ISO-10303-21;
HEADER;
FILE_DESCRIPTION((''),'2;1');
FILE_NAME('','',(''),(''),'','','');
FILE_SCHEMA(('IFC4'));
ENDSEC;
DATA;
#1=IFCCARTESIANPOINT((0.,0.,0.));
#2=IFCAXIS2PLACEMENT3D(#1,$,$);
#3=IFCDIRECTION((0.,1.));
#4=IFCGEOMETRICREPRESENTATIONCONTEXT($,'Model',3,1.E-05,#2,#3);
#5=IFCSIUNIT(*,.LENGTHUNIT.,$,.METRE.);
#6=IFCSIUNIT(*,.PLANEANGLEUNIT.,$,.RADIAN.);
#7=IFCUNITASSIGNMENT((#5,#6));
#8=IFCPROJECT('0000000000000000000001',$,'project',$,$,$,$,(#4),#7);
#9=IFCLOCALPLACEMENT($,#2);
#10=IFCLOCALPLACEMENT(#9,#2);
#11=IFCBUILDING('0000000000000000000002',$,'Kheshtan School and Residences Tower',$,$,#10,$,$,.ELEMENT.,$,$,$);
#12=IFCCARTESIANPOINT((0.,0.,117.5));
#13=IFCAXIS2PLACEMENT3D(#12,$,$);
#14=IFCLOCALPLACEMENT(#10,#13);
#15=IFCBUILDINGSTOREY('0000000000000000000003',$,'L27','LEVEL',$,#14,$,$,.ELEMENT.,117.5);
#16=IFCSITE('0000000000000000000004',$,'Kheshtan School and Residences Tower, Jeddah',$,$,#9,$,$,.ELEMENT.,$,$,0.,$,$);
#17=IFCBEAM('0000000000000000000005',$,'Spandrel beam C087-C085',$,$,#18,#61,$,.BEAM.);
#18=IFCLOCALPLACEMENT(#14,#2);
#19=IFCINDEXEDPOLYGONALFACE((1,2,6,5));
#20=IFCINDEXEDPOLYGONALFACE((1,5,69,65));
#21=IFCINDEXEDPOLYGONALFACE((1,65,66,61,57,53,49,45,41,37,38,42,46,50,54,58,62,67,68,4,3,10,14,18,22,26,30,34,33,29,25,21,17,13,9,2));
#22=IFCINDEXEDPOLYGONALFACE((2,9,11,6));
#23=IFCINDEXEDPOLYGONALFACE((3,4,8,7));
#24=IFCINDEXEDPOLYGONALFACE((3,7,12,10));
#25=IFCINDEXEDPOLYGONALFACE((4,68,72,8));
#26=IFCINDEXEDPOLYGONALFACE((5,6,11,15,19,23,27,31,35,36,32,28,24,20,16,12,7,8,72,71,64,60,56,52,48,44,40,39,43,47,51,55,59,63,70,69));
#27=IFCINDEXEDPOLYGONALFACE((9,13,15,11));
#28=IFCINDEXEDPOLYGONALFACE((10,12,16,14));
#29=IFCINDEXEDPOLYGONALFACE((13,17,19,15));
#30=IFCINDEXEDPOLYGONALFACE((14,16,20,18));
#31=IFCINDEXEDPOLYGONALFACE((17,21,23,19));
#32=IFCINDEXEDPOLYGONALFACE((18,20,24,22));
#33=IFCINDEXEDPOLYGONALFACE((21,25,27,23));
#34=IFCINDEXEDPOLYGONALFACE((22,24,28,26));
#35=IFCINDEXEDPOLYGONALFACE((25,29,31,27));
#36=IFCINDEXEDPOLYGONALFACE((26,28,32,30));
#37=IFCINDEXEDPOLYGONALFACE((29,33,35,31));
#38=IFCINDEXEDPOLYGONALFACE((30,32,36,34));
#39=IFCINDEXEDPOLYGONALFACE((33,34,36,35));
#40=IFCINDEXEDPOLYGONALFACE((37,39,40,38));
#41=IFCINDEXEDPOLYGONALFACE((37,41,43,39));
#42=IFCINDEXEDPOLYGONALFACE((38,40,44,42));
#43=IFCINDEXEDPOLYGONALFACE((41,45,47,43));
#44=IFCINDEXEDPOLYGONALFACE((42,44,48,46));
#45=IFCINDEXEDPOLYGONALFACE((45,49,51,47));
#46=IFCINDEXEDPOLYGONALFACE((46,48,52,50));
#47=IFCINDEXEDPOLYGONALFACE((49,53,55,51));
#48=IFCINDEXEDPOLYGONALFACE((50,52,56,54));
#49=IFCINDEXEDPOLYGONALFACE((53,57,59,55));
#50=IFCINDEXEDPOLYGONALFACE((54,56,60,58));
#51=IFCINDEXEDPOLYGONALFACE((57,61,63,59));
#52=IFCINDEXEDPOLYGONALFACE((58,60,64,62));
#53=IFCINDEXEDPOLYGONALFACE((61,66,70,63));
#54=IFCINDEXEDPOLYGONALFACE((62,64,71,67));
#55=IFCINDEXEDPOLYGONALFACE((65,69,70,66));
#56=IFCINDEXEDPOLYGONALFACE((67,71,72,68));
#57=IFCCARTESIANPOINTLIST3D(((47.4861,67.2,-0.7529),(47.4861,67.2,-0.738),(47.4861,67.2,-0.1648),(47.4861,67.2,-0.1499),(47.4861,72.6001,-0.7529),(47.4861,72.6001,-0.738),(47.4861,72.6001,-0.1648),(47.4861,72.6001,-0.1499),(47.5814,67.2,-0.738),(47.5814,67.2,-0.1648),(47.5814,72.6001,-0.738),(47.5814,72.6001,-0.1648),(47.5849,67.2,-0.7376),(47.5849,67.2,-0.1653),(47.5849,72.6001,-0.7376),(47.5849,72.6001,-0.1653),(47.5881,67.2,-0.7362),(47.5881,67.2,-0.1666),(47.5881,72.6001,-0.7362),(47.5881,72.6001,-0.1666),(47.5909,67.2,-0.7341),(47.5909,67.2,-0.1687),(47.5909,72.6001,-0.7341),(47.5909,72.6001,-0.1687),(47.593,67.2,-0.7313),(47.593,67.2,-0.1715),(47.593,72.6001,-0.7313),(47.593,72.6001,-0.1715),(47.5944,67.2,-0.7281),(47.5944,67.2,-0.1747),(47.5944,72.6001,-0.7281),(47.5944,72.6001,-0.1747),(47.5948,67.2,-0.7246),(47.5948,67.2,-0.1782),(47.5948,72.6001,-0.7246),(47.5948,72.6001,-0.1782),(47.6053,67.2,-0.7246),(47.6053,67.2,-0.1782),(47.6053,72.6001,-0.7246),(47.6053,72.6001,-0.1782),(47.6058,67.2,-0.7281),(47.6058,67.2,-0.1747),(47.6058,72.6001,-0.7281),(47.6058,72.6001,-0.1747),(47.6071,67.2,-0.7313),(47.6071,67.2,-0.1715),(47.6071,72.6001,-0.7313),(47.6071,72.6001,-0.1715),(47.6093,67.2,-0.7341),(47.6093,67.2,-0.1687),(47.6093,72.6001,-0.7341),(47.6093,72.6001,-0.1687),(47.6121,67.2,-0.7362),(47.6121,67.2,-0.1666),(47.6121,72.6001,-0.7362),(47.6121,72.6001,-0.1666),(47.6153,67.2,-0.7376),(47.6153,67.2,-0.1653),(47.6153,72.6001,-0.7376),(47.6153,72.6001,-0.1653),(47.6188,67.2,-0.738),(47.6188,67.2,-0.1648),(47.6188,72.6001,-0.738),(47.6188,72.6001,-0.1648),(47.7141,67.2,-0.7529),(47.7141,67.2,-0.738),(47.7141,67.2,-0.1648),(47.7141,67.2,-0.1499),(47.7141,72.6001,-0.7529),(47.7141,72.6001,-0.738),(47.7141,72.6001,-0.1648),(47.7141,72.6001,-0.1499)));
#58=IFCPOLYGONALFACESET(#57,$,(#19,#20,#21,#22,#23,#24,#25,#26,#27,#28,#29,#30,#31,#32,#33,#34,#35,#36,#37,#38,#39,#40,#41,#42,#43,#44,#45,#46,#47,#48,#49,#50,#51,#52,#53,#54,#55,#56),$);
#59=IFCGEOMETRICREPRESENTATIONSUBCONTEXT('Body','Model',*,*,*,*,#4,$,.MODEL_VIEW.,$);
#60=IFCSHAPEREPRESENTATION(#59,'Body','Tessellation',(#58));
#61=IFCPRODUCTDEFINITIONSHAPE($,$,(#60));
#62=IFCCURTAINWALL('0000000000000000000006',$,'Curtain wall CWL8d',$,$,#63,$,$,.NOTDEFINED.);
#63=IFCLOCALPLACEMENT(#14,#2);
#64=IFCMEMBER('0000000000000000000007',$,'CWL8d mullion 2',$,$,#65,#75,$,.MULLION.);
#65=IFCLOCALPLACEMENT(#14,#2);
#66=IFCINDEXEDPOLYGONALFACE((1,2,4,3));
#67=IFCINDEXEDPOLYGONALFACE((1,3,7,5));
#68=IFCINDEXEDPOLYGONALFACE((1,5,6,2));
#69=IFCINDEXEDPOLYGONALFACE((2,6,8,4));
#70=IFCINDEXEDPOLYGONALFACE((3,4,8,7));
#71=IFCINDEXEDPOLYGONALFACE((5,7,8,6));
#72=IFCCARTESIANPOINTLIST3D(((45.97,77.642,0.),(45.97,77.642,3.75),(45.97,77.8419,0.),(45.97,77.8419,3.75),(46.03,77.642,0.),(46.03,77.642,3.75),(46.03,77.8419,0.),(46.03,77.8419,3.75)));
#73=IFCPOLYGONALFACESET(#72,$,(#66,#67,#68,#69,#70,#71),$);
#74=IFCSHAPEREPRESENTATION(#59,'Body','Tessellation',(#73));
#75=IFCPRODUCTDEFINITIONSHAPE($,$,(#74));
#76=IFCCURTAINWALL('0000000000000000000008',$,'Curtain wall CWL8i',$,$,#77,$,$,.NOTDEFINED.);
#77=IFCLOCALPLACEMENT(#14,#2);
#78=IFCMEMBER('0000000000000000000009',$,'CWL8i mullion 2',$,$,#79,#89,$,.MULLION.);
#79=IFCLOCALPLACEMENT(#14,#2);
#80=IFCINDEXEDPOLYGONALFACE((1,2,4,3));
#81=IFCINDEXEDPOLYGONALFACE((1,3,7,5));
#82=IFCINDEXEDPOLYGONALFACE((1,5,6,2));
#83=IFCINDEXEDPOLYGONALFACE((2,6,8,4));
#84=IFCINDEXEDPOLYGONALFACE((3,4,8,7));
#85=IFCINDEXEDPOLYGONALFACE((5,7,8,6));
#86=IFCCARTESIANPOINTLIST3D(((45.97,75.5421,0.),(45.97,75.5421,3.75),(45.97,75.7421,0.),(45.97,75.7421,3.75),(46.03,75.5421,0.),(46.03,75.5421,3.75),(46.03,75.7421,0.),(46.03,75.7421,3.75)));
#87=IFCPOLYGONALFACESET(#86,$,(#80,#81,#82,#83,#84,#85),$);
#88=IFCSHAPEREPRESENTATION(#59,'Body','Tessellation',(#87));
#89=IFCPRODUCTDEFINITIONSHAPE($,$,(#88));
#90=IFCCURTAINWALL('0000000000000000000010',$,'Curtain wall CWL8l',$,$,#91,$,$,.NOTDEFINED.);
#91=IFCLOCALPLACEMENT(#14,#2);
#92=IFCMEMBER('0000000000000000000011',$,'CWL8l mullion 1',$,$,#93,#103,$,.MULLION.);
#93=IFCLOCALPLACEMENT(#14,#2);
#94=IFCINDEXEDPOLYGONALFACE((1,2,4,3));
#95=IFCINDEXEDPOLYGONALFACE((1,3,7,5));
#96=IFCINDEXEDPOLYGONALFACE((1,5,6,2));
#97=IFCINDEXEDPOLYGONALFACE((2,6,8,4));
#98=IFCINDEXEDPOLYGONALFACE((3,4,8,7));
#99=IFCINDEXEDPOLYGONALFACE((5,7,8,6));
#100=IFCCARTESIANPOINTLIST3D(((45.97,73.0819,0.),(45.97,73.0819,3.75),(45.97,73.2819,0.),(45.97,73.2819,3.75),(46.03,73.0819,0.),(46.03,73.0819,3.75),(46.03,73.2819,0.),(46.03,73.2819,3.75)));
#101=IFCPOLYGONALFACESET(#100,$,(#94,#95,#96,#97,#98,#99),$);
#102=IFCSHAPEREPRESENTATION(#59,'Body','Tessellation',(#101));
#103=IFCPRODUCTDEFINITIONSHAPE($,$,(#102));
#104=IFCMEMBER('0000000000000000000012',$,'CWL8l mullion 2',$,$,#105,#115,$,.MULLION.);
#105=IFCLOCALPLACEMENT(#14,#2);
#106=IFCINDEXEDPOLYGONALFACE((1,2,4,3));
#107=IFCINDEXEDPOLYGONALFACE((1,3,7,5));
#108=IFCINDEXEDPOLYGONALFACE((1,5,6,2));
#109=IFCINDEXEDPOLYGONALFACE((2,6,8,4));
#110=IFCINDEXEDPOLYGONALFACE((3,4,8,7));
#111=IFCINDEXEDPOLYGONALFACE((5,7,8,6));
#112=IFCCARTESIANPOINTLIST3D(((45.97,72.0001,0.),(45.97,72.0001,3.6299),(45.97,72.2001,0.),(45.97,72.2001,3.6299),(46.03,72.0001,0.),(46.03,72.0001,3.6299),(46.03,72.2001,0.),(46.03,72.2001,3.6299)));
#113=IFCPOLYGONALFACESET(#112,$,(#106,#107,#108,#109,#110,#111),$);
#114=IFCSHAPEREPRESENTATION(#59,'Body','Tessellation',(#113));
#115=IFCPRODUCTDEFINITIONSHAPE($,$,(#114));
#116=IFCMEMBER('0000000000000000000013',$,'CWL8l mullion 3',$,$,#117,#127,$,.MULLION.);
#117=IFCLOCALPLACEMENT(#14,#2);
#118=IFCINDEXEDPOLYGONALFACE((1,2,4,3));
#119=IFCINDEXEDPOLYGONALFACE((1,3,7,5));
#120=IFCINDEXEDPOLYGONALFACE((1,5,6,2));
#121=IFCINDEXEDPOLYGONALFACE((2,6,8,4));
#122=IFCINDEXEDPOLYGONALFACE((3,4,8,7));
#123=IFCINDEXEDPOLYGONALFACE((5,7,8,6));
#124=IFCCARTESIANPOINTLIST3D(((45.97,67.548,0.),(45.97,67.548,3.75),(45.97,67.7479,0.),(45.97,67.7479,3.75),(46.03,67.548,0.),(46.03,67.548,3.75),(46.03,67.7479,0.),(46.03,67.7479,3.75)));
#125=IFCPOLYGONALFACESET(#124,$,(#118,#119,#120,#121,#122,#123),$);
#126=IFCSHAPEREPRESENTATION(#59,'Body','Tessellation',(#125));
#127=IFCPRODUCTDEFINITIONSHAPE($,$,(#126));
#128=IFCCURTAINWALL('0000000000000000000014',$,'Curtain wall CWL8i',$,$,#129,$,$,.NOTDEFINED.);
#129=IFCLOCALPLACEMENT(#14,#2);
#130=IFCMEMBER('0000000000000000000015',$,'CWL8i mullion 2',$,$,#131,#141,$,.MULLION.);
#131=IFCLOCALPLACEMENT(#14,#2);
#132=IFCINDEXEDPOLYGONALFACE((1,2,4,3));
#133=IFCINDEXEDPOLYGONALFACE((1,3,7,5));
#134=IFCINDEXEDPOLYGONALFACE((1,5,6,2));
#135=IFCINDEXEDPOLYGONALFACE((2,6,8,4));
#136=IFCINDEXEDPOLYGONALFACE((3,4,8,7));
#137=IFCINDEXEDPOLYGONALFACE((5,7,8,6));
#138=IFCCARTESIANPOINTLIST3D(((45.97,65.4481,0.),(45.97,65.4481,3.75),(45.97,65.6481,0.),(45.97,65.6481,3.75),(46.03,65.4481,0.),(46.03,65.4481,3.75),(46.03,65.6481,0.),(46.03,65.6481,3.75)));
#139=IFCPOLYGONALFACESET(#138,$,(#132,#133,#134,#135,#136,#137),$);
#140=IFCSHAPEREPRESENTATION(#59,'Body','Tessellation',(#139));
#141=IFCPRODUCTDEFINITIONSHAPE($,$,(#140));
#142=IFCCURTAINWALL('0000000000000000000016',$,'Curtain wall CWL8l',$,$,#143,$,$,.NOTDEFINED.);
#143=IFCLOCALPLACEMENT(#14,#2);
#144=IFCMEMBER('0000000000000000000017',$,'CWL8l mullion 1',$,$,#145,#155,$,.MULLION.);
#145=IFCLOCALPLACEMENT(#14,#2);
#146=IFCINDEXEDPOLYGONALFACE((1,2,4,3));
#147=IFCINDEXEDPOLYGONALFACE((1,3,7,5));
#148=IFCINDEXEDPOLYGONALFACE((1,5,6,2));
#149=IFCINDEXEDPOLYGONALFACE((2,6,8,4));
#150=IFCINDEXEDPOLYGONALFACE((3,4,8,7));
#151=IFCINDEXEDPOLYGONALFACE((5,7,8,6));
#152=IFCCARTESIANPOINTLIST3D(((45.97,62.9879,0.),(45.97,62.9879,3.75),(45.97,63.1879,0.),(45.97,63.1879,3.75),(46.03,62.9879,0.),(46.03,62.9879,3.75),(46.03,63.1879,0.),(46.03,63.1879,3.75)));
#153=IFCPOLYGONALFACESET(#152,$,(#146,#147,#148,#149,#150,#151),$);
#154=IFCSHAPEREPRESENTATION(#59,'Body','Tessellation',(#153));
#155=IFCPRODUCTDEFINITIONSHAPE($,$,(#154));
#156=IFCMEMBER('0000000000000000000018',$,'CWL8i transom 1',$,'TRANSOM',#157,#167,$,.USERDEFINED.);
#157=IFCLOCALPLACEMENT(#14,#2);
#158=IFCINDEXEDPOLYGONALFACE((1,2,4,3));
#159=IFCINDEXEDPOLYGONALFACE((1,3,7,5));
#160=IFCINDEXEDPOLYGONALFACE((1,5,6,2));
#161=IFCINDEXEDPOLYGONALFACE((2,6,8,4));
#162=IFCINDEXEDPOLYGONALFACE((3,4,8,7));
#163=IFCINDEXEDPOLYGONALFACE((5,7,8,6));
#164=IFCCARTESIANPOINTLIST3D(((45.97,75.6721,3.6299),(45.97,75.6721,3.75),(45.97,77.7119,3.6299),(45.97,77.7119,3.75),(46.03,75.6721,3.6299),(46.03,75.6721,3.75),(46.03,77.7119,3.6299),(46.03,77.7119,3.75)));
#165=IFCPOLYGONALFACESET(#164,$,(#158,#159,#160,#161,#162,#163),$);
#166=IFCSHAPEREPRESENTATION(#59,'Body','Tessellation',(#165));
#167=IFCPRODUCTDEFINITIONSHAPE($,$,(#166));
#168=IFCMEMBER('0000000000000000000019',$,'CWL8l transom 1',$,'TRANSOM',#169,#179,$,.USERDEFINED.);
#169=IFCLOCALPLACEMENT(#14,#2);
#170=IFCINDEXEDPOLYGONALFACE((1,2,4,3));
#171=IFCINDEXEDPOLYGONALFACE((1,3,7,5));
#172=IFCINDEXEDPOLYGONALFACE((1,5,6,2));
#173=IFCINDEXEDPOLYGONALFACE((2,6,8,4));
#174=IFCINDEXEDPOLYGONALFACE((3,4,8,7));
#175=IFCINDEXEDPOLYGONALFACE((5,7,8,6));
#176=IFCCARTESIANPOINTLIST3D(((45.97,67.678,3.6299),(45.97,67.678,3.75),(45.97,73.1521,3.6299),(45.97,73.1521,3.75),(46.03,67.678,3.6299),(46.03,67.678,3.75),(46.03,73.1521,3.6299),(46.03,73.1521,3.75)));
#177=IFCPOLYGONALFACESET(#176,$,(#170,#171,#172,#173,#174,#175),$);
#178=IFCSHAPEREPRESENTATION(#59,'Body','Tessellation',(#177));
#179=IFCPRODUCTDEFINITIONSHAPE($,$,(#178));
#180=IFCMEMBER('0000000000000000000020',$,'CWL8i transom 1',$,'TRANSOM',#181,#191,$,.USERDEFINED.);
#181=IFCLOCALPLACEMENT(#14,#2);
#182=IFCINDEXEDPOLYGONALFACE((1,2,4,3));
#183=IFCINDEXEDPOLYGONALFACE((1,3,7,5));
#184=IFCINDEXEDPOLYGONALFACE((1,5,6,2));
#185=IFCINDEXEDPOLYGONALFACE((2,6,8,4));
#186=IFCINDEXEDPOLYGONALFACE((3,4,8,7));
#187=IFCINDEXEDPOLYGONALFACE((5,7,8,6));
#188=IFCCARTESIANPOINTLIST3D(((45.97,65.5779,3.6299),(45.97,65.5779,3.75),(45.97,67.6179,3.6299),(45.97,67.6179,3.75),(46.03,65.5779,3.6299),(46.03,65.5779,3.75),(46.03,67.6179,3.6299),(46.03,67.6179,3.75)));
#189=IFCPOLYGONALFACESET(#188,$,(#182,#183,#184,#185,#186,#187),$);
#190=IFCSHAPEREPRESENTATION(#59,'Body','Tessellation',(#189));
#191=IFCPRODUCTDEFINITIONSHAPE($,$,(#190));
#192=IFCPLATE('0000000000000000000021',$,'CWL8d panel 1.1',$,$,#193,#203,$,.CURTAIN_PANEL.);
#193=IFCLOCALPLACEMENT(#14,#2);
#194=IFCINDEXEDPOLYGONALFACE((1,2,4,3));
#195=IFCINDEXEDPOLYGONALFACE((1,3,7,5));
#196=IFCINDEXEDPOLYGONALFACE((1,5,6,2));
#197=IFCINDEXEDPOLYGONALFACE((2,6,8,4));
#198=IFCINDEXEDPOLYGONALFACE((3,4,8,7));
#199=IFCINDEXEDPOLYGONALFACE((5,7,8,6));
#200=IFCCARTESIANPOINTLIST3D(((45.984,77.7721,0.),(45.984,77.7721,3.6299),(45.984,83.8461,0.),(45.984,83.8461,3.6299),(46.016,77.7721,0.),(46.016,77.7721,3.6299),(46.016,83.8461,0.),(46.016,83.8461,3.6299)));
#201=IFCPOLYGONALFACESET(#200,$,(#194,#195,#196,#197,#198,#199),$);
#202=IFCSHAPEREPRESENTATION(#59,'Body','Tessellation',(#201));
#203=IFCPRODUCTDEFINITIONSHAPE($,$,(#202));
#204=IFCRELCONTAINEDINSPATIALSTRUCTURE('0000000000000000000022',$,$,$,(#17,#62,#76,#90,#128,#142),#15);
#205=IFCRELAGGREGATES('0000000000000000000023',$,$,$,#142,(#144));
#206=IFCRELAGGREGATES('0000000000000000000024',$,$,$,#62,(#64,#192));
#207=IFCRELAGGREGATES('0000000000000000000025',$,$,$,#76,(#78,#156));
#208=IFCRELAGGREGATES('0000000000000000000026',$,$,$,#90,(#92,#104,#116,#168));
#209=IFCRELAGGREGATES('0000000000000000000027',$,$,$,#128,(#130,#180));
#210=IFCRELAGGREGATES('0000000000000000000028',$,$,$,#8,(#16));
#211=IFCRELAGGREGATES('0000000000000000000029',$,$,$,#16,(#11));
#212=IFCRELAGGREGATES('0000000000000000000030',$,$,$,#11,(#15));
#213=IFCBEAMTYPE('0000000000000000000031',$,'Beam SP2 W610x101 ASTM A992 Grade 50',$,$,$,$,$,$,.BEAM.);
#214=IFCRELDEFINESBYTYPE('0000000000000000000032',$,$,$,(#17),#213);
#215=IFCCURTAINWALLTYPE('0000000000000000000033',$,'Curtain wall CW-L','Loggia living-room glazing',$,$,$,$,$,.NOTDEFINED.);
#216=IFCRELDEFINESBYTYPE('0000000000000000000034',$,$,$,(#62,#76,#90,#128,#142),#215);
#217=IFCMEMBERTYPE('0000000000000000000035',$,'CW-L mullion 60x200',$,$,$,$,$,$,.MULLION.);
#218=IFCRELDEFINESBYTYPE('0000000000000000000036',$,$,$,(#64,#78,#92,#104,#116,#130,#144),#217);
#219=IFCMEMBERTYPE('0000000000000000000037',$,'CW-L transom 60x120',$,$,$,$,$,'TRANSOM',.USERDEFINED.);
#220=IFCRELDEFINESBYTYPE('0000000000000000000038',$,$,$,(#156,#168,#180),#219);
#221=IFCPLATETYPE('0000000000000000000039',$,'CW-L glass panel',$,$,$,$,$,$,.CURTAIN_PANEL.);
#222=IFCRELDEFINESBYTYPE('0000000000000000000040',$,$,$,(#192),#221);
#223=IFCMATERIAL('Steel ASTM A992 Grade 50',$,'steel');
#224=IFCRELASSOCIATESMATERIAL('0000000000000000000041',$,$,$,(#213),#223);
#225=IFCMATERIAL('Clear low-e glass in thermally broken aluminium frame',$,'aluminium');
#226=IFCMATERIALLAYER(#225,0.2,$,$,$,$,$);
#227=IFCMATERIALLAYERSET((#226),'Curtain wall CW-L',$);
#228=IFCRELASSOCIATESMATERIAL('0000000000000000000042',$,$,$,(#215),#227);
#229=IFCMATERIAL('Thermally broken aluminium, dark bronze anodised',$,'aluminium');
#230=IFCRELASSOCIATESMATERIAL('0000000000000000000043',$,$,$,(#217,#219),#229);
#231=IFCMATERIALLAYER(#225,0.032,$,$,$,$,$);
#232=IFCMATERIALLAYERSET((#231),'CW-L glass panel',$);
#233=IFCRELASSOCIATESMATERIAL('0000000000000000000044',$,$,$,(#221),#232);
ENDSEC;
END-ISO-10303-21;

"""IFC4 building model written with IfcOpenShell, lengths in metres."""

from ifc_helpers import new_model, si_unit, direction, frame, origin, origin_2d, place, context, subcontext, project, spatial, rectangle, i_section, extrude, material, layer, layer_set, material_profile, profile_set, type_object, element, aggregate, save


model = new_model("IFC4")

# Units and contexts
model_context = context("Model", 3, precision=1e-05, world=origin(), true_north=direction((0.0, 1.0)))
body_context = subcontext(model_context, "Body", "Model", "MODEL_VIEW")
ifc_project = project(units=[si_unit("LENGTHUNIT", "METRE"), si_unit("PLANEANGLEUNIT", "RADIAN")], contexts=[model_context])

# Site, building, storey
site_placement = place(None, origin())
site = spatial("IfcSite", under=ifc_project, at=site_placement, Name="Kheshtan School and Residences Tower, Jeddah", CompositionType="ELEMENT", RefElevation=0.0)
building_placement = place(site_placement, origin())
building = spatial("IfcBuilding", under=site, at=building_placement, Name="Kheshtan School and Residences Tower", CompositionType="ELEMENT")
storey_placement = place(building_placement, frame((0.0, 0.0, 117.5)))
storey = spatial("IfcBuildingStorey", under=building, at=storey_placement, Name="L27", Description="LEVEL", CompositionType="ELEMENT", Elevation=117.5)

# Shared definitions
ifc_material_1 = material(Name="Steel ASTM A992 Grade 50", Category="steel")

# Beam
ifc_material_profile_1 = material_profile(ifc_material_1, i_section(OverallWidth=0.228, OverallDepth=0.603, WebThickness=0.0105, FlangeThickness=0.0149, FilletRadius=0.0134, at=origin_2d()), Name="W610x101")
ifc_profile_set_1 = profile_set([ifc_material_profile_1], Name="Steel ASTM A992 Grade 50")
beam_type = type_object("IfcBeamType", Name="Beam SP2 W610x101 ASTM A992 Grade 50", PredefinedType="BEAM", material=ifc_profile_set_1)
beam_1_placement = place(storey_placement, frame((47.6001, 72.6001, -0.4514), z_axis=(0.0, -1.0, 0.0), x_axis=(1.0, 0.0, 0.0)))
element("IfcBeam", 1, at=beam_1_placement, inside=storey, type_object=beam_type, Name="Spandrel beam C087-C085", PredefinedType="BEAM", context=body_context, shape_type="SweptSolid", body=[
    extrude(i_section(OverallWidth=0.228, OverallDepth=0.603, WebThickness=0.0105, FlangeThickness=0.0149, FilletRadius=0.0134, at=origin_2d()), origin(), (0.0, 0.0, 1.0), 5.4001),
])

# Curtain walls, members
ifc_material_2 = material(Name="Clear low-e glass in thermally broken aluminium frame", Category="aluminium")
ifc_layer_1 = layer(ifc_material_2, 0.2)
ifc_layer_set_1 = layer_set([ifc_layer_1], Name="Curtain wall CW-L")
curtain_wall_type = type_object("IfcCurtainWallType", Name="Curtain wall CW-L", Description="Loggia living-room glazing", PredefinedType="NOTDEFINED", material=ifc_layer_set_1)
curtain_wall_1_placement = place(storey_placement, origin())
curtain_wall_1 = element("IfcCurtainWall", 2, at=curtain_wall_1_placement, inside=storey, type_object=curtain_wall_type, Name="Curtain wall CWL8d", PredefinedType="NOTDEFINED")
ifc_material_3 = material(Name="Thermally broken aluminium, dark bronze anodised", Category="aluminium")
ifc_material_profile_2 = material_profile(ifc_material_3, rectangle(XDim=0.0601, YDim=0.2, at=origin_2d()), Name="CW-L mullion 60x200")
ifc_profile_set_2 = profile_set([ifc_material_profile_2], Name="Thermally broken aluminium, dark bronze anodised")
member_type_1 = type_object("IfcMemberType", Name="CW-L mullion 60x200", PredefinedType="MULLION", material=ifc_profile_set_2)
member_1_placement = place(storey_placement, frame((46.0, 77.7419, 0.0), z_axis=(0.0, 0.0, 1.0), x_axis=(1.0, 0.0, 0.0)))
member_1 = element("IfcMember", 3, at=member_1_placement, type_object=member_type_1, Name="CWL8d mullion 2", PredefinedType="MULLION", context=body_context, shape_type="SweptSolid", body=[
    extrude(rectangle(XDim=0.0601, YDim=0.2, at=origin_2d()), origin(), (0.0, 0.0, 1.0), 3.75),
])
curtain_wall_2_placement = place(storey_placement, origin())
curtain_wall_2 = element("IfcCurtainWall", 4, at=curtain_wall_2_placement, inside=storey, type_object=curtain_wall_type, Name="Curtain wall CWL8i", PredefinedType="NOTDEFINED")
member_2_placement = place(storey_placement, frame((46.0, 75.6421, 0.0), z_axis=(0.0, 0.0, 1.0), x_axis=(1.0, 0.0, 0.0)))
member_2 = element("IfcMember", 5, at=member_2_placement, type_object=member_type_1, Name="CWL8i mullion 2", PredefinedType="MULLION", context=body_context, shape_type="SweptSolid", body=[
    extrude(rectangle(XDim=0.0601, YDim=0.2, at=origin_2d()), origin(), (0.0, 0.0, 1.0), 3.75),
])

# Curtain wall, members
curtain_wall_3_placement = place(storey_placement, origin())
curtain_wall_3 = element("IfcCurtainWall", 6, at=curtain_wall_3_placement, inside=storey, type_object=curtain_wall_type, Name="Curtain wall CWL8l", PredefinedType="NOTDEFINED")
member_3_placement = place(storey_placement, frame((46.0, 73.1819, 0.0), z_axis=(0.0, 0.0, 1.0), x_axis=(1.0, 0.0, 0.0)))
member_3 = element("IfcMember", 7, at=member_3_placement, type_object=member_type_1, Name="CWL8l mullion 1", PredefinedType="MULLION", context=body_context, shape_type="SweptSolid", body=[
    extrude(rectangle(XDim=0.0601, YDim=0.2, at=origin_2d()), origin(), (0.0, 0.0, 1.0), 3.75),
])
member_4_placement = place(storey_placement, frame((46.0, 72.1001, 0.0), z_axis=(0.0, 0.0, 1.0), x_axis=(1.0, 0.0, 0.0)))
member_4 = element("IfcMember", 8, at=member_4_placement, type_object=member_type_1, Name="CWL8l mullion 2", PredefinedType="MULLION", context=body_context, shape_type="SweptSolid", body=[
    extrude(rectangle(XDim=0.0601, YDim=0.2, at=origin_2d()), origin(), (0.0, 0.0, 1.0), 3.6299),
])
member_5_placement = place(storey_placement, frame((46.0, 67.6479, 0.0), z_axis=(0.0, 0.0, 1.0), x_axis=(1.0, 0.0, 0.0)))
member_5 = element("IfcMember", 9, at=member_5_placement, type_object=member_type_1, Name="CWL8l mullion 3", PredefinedType="MULLION", context=body_context, shape_type="SweptSolid", body=[
    extrude(rectangle(XDim=0.0601, YDim=0.2, at=origin_2d()), origin(), (0.0, 0.0, 1.0), 3.75),
])

# Curtain walls, members
curtain_wall_4_placement = place(storey_placement, origin())
curtain_wall_4 = element("IfcCurtainWall", 10, at=curtain_wall_4_placement, inside=storey, type_object=curtain_wall_type, Name="Curtain wall CWL8i", PredefinedType="NOTDEFINED")
member_6_placement = place(storey_placement, frame((46.0, 65.5481, 0.0), z_axis=(0.0, 0.0, 1.0), x_axis=(1.0, 0.0, 0.0)))
member_6 = element("IfcMember", 11, at=member_6_placement, type_object=member_type_1, Name="CWL8i mullion 2", PredefinedType="MULLION", context=body_context, shape_type="SweptSolid", body=[
    extrude(rectangle(XDim=0.0601, YDim=0.2, at=origin_2d()), origin(), (0.0, 0.0, 1.0), 3.75),
])
curtain_wall_5_placement = place(storey_placement, origin())
curtain_wall_5 = element("IfcCurtainWall", 12, at=curtain_wall_5_placement, inside=storey, type_object=curtain_wall_type, Name="Curtain wall CWL8l", PredefinedType="NOTDEFINED")
member_7_placement = place(storey_placement, frame((46.0, 63.0879, 0.0), z_axis=(0.0, 0.0, 1.0), x_axis=(1.0, 0.0, 0.0)))
member_7 = element("IfcMember", 13, at=member_7_placement, type_object=member_type_1, Name="CWL8l mullion 1", PredefinedType="MULLION", context=body_context, shape_type="SweptSolid", body=[
    extrude(rectangle(XDim=0.0601, YDim=0.2, at=origin_2d()), origin(), (0.0, 0.0, 1.0), 3.75),
])
aggregate(curtain_wall_5, [member_7])

# Members
ifc_material_profile_3 = material_profile(ifc_material_3, rectangle(XDim=0.0601, YDim=0.1201, at=origin_2d()), Name="CW-L transom 60x120")
ifc_profile_set_3 = profile_set([ifc_material_profile_3], Name="Thermally broken aluminium, dark bronze anodised")
member_type_2 = type_object("IfcMemberType", Name="CW-L transom 60x120", ElementType="TRANSOM", PredefinedType="USERDEFINED", material=ifc_profile_set_3)
member_8_placement = place(storey_placement, frame((46.0, 77.7119, 3.6899), z_axis=(0.0, -1.0, 0.0), x_axis=(1.0, 0.0, 0.0)))
member_8 = element("IfcMember", 14, at=member_8_placement, type_object=member_type_2, Name="CWL8i transom 1", ObjectType="TRANSOM", PredefinedType="USERDEFINED", context=body_context, shape_type="SweptSolid", body=[
    extrude(rectangle(XDim=0.0601, YDim=0.1201, at=origin_2d()), origin(), (0.0, 0.0, 1.0), 2.0398),
])
member_9_placement = place(storey_placement, frame((46.0, 73.1521, 3.6899), z_axis=(0.0, -1.0, 0.0), x_axis=(1.0, 0.0, 0.0)))
member_9 = element("IfcMember", 15, at=member_9_placement, type_object=member_type_2, Name="CWL8l transom 1", ObjectType="TRANSOM", PredefinedType="USERDEFINED", context=body_context, shape_type="SweptSolid", body=[
    extrude(rectangle(XDim=0.0601, YDim=0.1201, at=origin_2d()), origin(), (0.0, 0.0, 1.0), 5.4741),
])
member_10_placement = place(storey_placement, frame((46.0, 67.6179, 3.6899), z_axis=(0.0, -1.0, 0.0), x_axis=(1.0, 0.0, 0.0)))
member_10 = element("IfcMember", 16, at=member_10_placement, type_object=member_type_2, Name="CWL8i transom 1", ObjectType="TRANSOM", PredefinedType="USERDEFINED", context=body_context, shape_type="SweptSolid", body=[
    extrude(rectangle(XDim=0.0601, YDim=0.1201, at=origin_2d()), origin(), (0.0, 0.0, 1.0), 2.04),
])

# Plate
ifc_layer_2 = layer(ifc_material_2, 0.032)
ifc_layer_set_2 = layer_set([ifc_layer_2], Name="CW-L glass panel")
plate_type = type_object("IfcPlateType", Name="CW-L glass panel", PredefinedType="CURTAIN_PANEL", material=ifc_layer_set_2)
plate_1_placement = place(storey_placement, frame((46.0, 80.8091, 0.0), z_axis=(0.0, 0.0, 1.0), x_axis=(0.0, -1.0, 0.0)))
plate_1 = element("IfcPlate", 17, at=plate_1_placement, type_object=plate_type, Name="CWL8d panel 1.1", PredefinedType="CURTAIN_PANEL", context=body_context, shape_type="SweptSolid", body=[
    extrude(rectangle(XDim=6.074, YDim=0.032, at=origin_2d()), origin(), (0.0, 0.0, 1.0), 3.6299),
])
aggregate(curtain_wall_1, [member_1, plate_1])
aggregate(curtain_wall_2, [member_2, member_8])
aggregate(curtain_wall_3, [member_3, member_4, member_5, member_9])
aggregate(curtain_wall_4, [member_6, member_10])

save(model, "model.ifc")
